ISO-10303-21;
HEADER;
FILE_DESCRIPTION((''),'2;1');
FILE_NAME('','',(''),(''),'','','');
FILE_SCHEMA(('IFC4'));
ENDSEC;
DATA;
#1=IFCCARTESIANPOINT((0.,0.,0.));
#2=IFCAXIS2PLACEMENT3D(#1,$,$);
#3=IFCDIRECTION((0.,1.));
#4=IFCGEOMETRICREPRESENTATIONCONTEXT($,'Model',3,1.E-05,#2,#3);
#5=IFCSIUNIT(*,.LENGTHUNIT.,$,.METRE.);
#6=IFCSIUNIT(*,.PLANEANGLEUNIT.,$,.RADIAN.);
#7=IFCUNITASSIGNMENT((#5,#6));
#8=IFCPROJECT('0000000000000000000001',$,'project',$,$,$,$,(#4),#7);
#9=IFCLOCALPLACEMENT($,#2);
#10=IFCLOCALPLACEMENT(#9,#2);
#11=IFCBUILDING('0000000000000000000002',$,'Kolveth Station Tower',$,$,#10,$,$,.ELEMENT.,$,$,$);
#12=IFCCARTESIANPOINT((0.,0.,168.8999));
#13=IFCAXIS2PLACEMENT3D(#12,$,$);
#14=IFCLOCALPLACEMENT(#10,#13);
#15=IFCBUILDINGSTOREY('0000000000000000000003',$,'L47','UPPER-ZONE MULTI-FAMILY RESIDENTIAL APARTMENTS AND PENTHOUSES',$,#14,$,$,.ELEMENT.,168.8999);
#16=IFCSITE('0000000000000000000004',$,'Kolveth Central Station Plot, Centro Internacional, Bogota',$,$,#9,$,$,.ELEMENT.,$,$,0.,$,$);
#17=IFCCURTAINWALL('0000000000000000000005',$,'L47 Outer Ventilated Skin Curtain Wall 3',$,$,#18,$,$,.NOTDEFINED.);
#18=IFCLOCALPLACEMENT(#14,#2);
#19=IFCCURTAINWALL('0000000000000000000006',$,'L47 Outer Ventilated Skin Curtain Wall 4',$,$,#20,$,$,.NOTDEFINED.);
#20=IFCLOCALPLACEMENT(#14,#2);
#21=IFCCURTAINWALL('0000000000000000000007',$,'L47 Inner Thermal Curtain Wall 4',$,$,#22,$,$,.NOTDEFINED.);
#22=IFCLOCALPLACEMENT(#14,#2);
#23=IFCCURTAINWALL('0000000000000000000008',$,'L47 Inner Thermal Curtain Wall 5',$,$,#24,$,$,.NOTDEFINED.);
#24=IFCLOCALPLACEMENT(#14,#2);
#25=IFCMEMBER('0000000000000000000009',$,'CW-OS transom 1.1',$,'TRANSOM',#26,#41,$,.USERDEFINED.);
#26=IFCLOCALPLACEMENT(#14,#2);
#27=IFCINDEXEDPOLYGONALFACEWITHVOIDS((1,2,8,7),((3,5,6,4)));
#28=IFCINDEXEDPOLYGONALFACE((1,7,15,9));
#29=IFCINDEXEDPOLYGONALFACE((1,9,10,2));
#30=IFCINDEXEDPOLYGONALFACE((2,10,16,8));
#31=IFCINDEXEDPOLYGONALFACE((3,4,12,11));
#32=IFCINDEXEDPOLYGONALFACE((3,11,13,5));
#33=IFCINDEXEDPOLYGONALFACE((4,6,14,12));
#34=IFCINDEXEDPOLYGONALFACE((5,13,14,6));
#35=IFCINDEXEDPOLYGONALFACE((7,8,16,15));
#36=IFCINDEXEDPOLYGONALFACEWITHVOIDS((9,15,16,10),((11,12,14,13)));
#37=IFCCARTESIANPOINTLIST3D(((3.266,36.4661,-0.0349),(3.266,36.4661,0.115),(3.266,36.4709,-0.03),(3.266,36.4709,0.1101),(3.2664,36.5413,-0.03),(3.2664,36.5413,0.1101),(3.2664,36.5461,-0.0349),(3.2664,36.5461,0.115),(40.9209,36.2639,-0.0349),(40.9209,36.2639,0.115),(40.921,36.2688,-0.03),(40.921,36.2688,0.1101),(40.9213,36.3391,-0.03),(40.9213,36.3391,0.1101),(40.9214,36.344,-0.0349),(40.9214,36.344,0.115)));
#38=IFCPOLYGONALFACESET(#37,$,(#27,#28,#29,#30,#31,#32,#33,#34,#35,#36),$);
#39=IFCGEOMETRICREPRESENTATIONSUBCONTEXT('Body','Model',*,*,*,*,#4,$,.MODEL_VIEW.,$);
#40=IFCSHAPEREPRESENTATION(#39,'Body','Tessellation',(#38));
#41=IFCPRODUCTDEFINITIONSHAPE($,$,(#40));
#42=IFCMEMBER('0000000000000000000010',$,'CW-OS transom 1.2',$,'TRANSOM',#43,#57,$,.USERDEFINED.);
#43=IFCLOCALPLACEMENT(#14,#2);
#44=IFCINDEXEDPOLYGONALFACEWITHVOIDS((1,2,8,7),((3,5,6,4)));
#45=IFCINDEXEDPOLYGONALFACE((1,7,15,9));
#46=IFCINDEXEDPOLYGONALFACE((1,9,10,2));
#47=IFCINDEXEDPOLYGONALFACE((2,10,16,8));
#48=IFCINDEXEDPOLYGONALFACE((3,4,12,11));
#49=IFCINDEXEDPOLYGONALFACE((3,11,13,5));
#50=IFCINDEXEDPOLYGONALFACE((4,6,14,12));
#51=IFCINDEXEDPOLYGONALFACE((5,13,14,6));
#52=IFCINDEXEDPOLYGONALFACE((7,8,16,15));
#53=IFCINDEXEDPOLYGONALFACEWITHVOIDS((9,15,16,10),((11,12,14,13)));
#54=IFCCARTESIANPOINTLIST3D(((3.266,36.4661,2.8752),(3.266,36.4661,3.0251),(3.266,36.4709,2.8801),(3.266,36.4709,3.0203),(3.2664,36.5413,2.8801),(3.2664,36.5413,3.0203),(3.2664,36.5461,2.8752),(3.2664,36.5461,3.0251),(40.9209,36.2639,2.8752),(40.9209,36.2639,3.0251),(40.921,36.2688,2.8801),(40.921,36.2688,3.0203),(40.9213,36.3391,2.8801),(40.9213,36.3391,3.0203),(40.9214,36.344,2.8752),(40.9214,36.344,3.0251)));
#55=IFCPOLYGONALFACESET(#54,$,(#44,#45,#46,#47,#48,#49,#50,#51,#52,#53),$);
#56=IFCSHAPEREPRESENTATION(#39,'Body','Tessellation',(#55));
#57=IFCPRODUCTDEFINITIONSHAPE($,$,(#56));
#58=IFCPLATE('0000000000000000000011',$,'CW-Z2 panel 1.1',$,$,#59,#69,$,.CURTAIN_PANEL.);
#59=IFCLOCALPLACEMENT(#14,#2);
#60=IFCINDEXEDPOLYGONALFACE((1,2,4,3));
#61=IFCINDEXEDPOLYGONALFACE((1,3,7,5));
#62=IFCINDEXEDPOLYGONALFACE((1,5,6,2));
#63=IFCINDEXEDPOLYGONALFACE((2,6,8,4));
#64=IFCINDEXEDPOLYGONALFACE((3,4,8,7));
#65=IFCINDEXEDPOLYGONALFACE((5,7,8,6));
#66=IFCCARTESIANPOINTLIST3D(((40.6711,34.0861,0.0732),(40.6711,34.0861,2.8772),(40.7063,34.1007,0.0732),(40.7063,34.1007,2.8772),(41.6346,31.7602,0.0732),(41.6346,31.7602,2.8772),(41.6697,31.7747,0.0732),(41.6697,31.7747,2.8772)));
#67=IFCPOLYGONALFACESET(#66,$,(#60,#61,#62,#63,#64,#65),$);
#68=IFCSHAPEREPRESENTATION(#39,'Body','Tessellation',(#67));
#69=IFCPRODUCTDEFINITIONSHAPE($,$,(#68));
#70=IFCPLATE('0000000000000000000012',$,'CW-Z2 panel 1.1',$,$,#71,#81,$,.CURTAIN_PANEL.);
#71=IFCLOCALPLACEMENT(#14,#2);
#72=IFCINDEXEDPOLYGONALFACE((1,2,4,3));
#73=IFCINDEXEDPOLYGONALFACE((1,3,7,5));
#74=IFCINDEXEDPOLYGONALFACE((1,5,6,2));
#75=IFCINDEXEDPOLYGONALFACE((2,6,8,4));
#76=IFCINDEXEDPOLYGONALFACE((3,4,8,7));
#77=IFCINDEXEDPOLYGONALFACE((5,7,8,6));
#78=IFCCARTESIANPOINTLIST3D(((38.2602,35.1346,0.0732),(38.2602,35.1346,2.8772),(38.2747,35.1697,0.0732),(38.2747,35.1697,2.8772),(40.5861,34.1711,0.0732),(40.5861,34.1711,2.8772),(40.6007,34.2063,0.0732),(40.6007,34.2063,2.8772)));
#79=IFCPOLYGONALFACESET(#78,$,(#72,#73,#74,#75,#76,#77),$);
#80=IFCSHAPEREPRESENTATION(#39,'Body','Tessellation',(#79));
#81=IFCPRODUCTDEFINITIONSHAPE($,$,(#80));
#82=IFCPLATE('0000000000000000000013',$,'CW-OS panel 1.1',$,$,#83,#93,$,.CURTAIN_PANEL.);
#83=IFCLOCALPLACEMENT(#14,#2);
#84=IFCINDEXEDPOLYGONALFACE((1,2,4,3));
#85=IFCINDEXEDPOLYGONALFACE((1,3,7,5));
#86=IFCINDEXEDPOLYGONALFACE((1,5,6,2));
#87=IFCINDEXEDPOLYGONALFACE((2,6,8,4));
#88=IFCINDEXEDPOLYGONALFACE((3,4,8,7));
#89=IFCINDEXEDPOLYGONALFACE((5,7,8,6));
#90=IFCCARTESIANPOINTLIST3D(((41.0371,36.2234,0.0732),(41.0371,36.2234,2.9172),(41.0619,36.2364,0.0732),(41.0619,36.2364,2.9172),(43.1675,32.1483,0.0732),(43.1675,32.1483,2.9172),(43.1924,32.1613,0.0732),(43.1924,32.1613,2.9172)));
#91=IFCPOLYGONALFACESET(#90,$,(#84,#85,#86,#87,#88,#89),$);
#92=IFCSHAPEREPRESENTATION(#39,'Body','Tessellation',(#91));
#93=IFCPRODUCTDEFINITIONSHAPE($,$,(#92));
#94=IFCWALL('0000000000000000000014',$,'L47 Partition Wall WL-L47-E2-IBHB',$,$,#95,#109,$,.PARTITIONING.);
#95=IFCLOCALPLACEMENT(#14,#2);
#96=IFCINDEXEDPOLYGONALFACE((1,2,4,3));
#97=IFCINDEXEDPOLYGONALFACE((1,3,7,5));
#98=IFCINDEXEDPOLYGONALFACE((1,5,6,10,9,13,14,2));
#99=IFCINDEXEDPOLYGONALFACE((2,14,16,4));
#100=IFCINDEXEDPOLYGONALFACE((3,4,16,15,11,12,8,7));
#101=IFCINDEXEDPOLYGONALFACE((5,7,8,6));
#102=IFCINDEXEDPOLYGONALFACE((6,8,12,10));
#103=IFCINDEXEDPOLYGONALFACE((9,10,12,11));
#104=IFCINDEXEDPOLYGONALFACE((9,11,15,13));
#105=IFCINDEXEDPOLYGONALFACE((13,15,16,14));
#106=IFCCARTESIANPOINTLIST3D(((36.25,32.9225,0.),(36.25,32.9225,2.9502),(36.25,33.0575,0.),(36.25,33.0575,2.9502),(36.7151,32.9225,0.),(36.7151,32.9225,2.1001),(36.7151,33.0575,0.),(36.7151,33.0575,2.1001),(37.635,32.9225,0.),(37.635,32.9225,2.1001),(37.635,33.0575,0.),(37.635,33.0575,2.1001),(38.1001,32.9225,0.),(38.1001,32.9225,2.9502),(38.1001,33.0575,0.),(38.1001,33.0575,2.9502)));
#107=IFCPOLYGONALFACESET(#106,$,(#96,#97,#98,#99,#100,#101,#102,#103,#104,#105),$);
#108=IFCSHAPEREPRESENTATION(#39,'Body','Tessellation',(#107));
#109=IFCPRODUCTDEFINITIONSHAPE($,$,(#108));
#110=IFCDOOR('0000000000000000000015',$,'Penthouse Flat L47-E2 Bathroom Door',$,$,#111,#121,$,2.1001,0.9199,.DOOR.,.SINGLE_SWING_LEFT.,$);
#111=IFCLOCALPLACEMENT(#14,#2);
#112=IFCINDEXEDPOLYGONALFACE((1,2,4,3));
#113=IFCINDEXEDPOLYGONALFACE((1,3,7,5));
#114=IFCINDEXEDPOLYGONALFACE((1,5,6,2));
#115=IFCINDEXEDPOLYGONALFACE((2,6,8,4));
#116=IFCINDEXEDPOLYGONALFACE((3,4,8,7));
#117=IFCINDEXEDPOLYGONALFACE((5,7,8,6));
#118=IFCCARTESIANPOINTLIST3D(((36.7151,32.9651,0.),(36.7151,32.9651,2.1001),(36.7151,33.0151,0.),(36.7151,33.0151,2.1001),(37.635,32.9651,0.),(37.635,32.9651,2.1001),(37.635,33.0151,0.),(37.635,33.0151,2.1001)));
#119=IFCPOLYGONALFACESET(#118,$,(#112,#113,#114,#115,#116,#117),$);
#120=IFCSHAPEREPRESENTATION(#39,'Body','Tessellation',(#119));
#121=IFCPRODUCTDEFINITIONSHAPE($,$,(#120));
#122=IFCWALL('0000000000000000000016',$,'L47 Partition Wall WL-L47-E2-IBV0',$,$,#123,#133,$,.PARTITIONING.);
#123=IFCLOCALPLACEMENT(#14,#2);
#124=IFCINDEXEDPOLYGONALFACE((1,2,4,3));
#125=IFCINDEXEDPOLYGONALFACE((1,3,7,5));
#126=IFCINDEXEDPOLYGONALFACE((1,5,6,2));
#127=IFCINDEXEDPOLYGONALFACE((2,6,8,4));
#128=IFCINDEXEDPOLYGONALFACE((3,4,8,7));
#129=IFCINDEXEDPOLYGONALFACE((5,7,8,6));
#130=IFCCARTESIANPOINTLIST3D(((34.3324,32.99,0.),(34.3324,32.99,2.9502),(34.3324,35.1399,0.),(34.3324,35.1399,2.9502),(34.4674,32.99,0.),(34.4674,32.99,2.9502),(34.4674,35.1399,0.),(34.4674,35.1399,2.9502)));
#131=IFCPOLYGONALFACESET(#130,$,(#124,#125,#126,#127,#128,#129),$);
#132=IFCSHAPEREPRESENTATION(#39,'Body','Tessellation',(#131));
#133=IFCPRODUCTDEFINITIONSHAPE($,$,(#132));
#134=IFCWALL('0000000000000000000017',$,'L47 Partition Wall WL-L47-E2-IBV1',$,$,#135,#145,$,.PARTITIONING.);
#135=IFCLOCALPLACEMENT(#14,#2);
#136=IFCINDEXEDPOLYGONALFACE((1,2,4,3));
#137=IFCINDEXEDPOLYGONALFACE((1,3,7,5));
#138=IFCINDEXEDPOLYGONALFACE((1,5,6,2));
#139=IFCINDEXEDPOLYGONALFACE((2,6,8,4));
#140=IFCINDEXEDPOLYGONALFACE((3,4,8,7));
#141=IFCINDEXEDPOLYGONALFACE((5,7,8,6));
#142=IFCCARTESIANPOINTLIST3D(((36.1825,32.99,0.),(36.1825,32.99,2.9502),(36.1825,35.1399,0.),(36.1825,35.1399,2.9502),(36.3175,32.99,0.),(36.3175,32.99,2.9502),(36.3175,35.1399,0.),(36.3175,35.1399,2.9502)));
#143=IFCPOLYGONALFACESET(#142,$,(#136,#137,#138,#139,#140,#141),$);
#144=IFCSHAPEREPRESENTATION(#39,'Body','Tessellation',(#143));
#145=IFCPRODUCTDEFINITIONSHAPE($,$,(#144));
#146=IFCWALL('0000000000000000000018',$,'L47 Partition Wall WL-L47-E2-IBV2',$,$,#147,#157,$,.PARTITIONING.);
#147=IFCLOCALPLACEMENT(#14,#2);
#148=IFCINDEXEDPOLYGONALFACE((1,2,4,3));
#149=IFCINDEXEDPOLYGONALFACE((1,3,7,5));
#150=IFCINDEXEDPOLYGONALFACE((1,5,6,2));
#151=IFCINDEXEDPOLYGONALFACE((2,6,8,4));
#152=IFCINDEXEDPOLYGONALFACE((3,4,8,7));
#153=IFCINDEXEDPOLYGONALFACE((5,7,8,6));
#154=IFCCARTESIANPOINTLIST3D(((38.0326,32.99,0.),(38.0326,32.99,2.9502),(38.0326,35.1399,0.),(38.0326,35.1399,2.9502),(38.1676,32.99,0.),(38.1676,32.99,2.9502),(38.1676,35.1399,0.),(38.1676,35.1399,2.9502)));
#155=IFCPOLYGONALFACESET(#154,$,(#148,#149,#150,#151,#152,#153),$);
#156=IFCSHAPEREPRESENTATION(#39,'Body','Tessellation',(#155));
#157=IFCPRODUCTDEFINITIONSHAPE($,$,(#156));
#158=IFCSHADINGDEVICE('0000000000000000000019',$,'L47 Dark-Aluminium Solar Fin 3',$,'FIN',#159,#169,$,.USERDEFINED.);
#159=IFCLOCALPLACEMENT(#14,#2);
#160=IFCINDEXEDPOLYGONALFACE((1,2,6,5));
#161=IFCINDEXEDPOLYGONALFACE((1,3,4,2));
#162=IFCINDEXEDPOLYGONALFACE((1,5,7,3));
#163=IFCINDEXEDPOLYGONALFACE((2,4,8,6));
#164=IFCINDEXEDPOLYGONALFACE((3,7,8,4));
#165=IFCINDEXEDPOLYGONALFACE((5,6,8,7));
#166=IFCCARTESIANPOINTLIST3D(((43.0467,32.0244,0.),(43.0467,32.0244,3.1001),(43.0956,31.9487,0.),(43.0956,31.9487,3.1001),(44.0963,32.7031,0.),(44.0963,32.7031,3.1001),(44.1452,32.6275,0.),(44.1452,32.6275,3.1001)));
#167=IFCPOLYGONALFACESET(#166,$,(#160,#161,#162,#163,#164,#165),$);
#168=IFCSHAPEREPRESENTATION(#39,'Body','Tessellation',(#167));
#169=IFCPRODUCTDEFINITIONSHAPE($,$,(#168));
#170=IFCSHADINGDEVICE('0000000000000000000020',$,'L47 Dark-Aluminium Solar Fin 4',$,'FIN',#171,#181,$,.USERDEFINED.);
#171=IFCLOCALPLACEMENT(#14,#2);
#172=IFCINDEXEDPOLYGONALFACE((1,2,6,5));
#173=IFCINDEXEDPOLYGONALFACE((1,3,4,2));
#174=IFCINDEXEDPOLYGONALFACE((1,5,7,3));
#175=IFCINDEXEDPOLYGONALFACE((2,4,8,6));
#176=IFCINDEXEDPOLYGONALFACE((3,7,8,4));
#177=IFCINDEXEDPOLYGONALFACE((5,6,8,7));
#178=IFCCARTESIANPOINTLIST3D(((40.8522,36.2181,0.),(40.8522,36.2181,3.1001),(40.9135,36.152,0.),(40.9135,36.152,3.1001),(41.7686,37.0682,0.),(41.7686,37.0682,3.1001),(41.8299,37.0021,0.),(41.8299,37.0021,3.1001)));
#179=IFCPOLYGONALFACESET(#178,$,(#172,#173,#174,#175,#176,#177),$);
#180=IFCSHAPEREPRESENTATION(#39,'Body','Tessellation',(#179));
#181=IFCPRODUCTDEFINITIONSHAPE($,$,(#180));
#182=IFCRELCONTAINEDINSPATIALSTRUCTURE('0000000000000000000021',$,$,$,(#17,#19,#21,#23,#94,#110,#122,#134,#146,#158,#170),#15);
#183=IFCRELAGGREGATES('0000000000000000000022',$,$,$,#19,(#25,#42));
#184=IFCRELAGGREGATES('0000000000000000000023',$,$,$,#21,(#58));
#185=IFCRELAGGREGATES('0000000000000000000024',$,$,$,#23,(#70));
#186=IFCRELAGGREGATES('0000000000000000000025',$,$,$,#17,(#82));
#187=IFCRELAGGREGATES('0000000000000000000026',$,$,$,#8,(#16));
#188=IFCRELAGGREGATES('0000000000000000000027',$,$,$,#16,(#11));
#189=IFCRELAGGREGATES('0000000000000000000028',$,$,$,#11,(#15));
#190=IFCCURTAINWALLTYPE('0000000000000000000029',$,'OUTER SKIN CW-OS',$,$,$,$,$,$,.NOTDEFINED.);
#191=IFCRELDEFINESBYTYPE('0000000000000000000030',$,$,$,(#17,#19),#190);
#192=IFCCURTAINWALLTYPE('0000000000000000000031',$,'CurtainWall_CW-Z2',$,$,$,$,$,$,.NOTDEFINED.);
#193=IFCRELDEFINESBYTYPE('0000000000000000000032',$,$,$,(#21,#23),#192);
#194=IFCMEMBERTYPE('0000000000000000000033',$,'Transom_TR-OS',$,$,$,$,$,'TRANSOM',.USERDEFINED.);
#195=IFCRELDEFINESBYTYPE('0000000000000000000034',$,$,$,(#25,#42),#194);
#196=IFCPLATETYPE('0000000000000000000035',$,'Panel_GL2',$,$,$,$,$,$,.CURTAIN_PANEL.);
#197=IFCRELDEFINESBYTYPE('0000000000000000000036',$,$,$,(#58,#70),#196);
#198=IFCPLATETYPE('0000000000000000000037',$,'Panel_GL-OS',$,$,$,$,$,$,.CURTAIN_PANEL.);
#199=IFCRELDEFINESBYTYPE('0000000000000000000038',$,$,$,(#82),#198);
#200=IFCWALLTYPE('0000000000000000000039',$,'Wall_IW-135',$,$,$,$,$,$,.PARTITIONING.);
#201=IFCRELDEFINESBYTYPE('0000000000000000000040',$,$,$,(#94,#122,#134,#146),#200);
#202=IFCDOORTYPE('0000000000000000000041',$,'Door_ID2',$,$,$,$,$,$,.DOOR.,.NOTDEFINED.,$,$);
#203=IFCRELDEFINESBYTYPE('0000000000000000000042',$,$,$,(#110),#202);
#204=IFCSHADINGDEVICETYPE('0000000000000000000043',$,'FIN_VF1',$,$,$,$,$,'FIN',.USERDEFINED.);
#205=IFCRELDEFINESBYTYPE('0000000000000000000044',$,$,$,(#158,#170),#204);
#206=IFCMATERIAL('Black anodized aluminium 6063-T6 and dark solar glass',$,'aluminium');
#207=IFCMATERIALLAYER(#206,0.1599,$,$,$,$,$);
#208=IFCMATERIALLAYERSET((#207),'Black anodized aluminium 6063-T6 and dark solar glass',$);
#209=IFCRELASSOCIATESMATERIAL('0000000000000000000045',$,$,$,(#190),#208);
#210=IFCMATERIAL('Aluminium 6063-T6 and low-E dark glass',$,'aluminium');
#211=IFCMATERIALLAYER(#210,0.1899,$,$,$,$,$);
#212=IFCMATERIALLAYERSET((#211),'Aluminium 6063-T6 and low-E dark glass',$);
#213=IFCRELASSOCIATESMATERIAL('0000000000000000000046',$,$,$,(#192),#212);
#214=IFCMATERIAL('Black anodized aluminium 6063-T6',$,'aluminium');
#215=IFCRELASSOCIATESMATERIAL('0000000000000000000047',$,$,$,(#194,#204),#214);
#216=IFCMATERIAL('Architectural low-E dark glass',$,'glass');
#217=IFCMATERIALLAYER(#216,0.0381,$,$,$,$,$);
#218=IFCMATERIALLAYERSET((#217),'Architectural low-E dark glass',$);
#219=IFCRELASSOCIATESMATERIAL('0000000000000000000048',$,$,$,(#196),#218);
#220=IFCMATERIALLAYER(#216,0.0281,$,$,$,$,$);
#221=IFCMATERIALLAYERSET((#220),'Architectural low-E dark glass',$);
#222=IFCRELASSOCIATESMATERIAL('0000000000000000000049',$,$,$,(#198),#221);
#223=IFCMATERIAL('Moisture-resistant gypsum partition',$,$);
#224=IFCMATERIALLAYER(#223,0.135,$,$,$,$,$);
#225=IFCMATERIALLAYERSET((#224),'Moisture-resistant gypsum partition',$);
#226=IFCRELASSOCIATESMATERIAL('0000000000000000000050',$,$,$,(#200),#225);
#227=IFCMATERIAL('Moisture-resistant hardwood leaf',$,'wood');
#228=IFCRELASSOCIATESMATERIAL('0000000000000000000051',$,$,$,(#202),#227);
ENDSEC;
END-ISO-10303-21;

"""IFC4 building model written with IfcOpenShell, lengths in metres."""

from ifc_helpers import new_model, si_unit, direction, frame, frame_2d, origin, origin_2d, place, context, subcontext, project, spatial, rectangle, hollow_rectangle, extrude, source, transform, mapped, material, layer, layer_set, material_profile, profile_set, type_object, element, fill, aggregate, save


model = new_model("IFC4")

# Units and contexts
model_context = context("Model", 3, precision=1e-05, world=origin(), true_north=direction((0.0, 1.0)))
body_context = subcontext(model_context, "Body", "Model", "MODEL_VIEW")
ifc_project = project(units=[si_unit("LENGTHUNIT", "METRE"), si_unit("PLANEANGLEUNIT", "RADIAN")], contexts=[model_context])

# Site, building, storey
site_placement = place(None, origin())
site = spatial("IfcSite", under=ifc_project, at=site_placement, Name="Kolveth Central Station Plot, Centro Internacional, Bogota", CompositionType="ELEMENT", RefElevation=0.0)
building_placement = place(site_placement, origin())
building = spatial("IfcBuilding", under=site, at=building_placement, Name="Kolveth Station Tower", CompositionType="ELEMENT")
storey_placement = place(building_placement, frame((0.0, 0.0, 168.8999)))
storey = spatial("IfcBuildingStorey", under=building, at=storey_placement, Name="L47", Description="UPPER-ZONE MULTI-FAMILY RESIDENTIAL APARTMENTS AND PENTHOUSES", CompositionType="ELEMENT", Elevation=168.8999)

# Curtain walls
ifc_material_1 = material(Name="Black anodized aluminium 6063-T6 and dark solar glass", Category="aluminium")
ifc_layer_1 = layer(ifc_material_1, 0.1599)
ifc_layer_set_1 = layer_set([ifc_layer_1], Name="Black anodized aluminium 6063-T6 and dark solar glass")
curtain_wall_type_1 = type_object("IfcCurtainWallType", Name="OUTER SKIN CW-OS", PredefinedType="NOTDEFINED", material=ifc_layer_set_1)
curtain_wall_1_placement = place(storey_placement, origin())
curtain_wall_1 = element("IfcCurtainWall", 1, at=curtain_wall_1_placement, inside=storey, type_object=curtain_wall_type_1, Name="L47 Outer Ventilated Skin Curtain Wall 3", PredefinedType="NOTDEFINED")
ifc_material_2 = material(Name="Black anodized aluminium 6063-T6", Category="aluminium")
curtain_wall_2_placement = place(storey_placement, origin())
curtain_wall_2 = element("IfcCurtainWall", 2, at=curtain_wall_2_placement, inside=storey, type_object=curtain_wall_type_1, Name="L47 Outer Ventilated Skin Curtain Wall 4", PredefinedType="NOTDEFINED")
ifc_material_3 = material(Name="Aluminium 6063-T6 and low-E dark glass", Category="aluminium")
ifc_layer_2 = layer(ifc_material_3, 0.1899)
ifc_layer_set_2 = layer_set([ifc_layer_2], Name="Aluminium 6063-T6 and low-E dark glass")
curtain_wall_type_2 = type_object("IfcCurtainWallType", Name="CurtainWall_CW-Z2", PredefinedType="NOTDEFINED", material=ifc_layer_set_2)
curtain_wall_3_placement = place(storey_placement, origin())
curtain_wall_3 = element("IfcCurtainWall", 3, at=curtain_wall_3_placement, inside=storey, type_object=curtain_wall_type_2, Name="L47 Inner Thermal Curtain Wall 4", PredefinedType="NOTDEFINED")

# Curtain wall
curtain_wall_4_placement = place(storey_placement, origin())
curtain_wall_4 = element("IfcCurtainWall", 4, at=curtain_wall_4_placement, inside=storey, type_object=curtain_wall_type_2, Name="L47 Inner Thermal Curtain Wall 5", PredefinedType="NOTDEFINED")

# Members
ifc_material_profile_1 = material_profile(ifc_material_2, hollow_rectangle(XDim=0.0801, YDim=0.1499, WallThickness=0.0049, at=origin_2d()), Name="ALU-80x150x5")
ifc_profile_set_1 = profile_set([ifc_material_profile_1], Name="Black anodized aluminium 6063-T6")
member_type_1 = type_object("IfcMemberType", Name="Transom_TR-OS", ElementType="TRANSOM", PredefinedType="USERDEFINED", material=ifc_profile_set_1)
shared_shape_1 = source(origin(), body_context, "Body", "SweptSolid", [
    extrude(hollow_rectangle(XDim=0.0801, YDim=0.1499, WallThickness=0.0049, at=origin_2d()), origin(), (0.0, 0.0, 1.0), 37.6555),
])
member_1_placement = place(storey_placement, frame((40.9211, 36.304, 0.04), z_axis=(-0.999986, 0.005368, 0.0), x_axis=(-0.005368, -0.999986, 0.0)))
member_1 = element("IfcMember", 5, at=member_1_placement, type_object=member_type_1, Name="CW-OS transom 1.1", ObjectType="TRANSOM", PredefinedType="USERDEFINED", context=body_context, shape_type="MappedRepresentation", body=[
    mapped(shared_shape_1, transform((0.0, 0.0, 0.0), x_axis=(1.0, 0.0, 0.0), y_axis=(0.0, 1.0, 0.0), z_axis=(0.0, 0.0, 1.0), scale=1.0)),
])
member_2_placement = place(storey_placement, frame((40.9211, 36.304, 2.9502), z_axis=(-0.999986, 0.005368, 0.0), x_axis=(-0.005368, -0.999986, 0.0)))
member_2 = element("IfcMember", 6, at=member_2_placement, type_object=member_type_1, Name="CW-OS transom 1.2", ObjectType="TRANSOM", PredefinedType="USERDEFINED", context=body_context, shape_type="MappedRepresentation", body=[
    mapped(shared_shape_1, transform((0.0, 0.0, 0.0), x_axis=(1.0, 0.0, 0.0), y_axis=(0.0, 1.0, 0.0), z_axis=(0.0, 0.0, 1.0), scale=1.0)),
])
aggregate(curtain_wall_2, [member_1, member_2])

# Plates
ifc_material_4 = material(Name="Architectural low-E dark glass", Category="glass")
ifc_layer_3 = layer(ifc_material_4, 0.0381)
ifc_layer_set_3 = layer_set([ifc_layer_3], Name="Architectural low-E dark glass")
plate_type_1 = type_object("IfcPlateType", Name="Panel_GL2", PredefinedType="CURTAIN_PANEL", material=ifc_layer_set_3)
shared_shape_2 = source(origin(), body_context, "Body", "SweptSolid", [
    extrude(rectangle(XDim=2.5176, YDim=0.0381, at=origin_2d()), origin(), (0.0, 0.0, 1.0), 2.804),
])
plate_1_placement = place(storey_placement, frame((41.1704, 32.9304, 0.0732), z_axis=(0.0, 0.0, 1.0), x_axis=(-0.382698, 0.923874, 0.0)))
plate_1 = element("IfcPlate", 7, at=plate_1_placement, type_object=plate_type_1, Name="CW-Z2 panel 1.1", PredefinedType="CURTAIN_PANEL", context=body_context, shape_type="MappedRepresentation", body=[
    mapped(shared_shape_2, transform((0.0, 0.0, 0.0), x_axis=(1.0, 0.0, 0.0), y_axis=(0.0, 1.0, 0.0), z_axis=(0.0, 0.0, 1.0), scale=1.0)),
])
aggregate(curtain_wall_3, [plate_1])
plate_2_placement = place(storey_placement, frame((39.4304, 34.6704, 0.0732), z_axis=(0.0, 0.0, 1.0), x_axis=(-0.923874, 0.382698, 0.0)))
plate_2 = element("IfcPlate", 8, at=plate_2_placement, type_object=plate_type_1, Name="CW-Z2 panel 1.1", PredefinedType="CURTAIN_PANEL", context=body_context, shape_type="MappedRepresentation", body=[
    mapped(shared_shape_2, transform((0.0, 0.0, 0.0), x_axis=(1.0, 0.0, 0.0), y_axis=(0.0, 1.0, 0.0), z_axis=(0.0, 0.0, 1.0), scale=1.0)),
])
aggregate(curtain_wall_4, [plate_2])
ifc_layer_4 = layer(ifc_material_4, 0.0281)
ifc_layer_set_4 = layer_set([ifc_layer_4], Name="Architectural low-E dark glass")
plate_type_2 = type_object("IfcPlateType", Name="Panel_GL-OS", PredefinedType="CURTAIN_PANEL", material=ifc_layer_set_4)
shared_shape_3 = source(origin(), body_context, "Body", "SweptSolid", [
    extrude(rectangle(XDim=4.5984, YDim=0.0281, at=origin_2d()), origin(), (0.0, 0.0, 1.0), 2.844),
])
plate_3_placement = place(storey_placement, frame((42.1147, 34.1924, 0.0732), z_axis=(0.0, 0.0, 1.0), x_axis=(-0.46331, 0.886196, 0.0)))
plate_3 = element("IfcPlate", 9, at=plate_3_placement, type_object=plate_type_2, Name="CW-OS panel 1.1", PredefinedType="CURTAIN_PANEL", context=body_context, shape_type="MappedRepresentation", body=[
    mapped(shared_shape_3, transform((0.0, 0.0, 0.0), x_axis=(1.0, 0.0, 0.0), y_axis=(0.0, 1.0, 0.0), z_axis=(0.0, 0.0, 1.0), scale=1.0)),
])
aggregate(curtain_wall_1, [plate_3])

# Wall, opening, door
ifc_material_5 = material(Name="Moisture-resistant gypsum partition")
ifc_layer_5 = layer(ifc_material_5, 0.135)
ifc_layer_set_5 = layer_set([ifc_layer_5], Name="Moisture-resistant gypsum partition")
wall_type = type_object("IfcWallType", Name="Wall_IW-135", PredefinedType="PARTITIONING", material=ifc_layer_set_5)
wall_1_placement = place(storey_placement, frame((36.25, 32.99, 0.0), z_axis=(0.0, 0.0, 1.0), x_axis=(1.0, 0.0, 0.0)))
wall_1 = element("IfcWall", 10, at=wall_1_placement, inside=storey, type_object=wall_type, Name="L47 Partition Wall WL-L47-E2-IBHB", PredefinedType="PARTITIONING", context=body_context, shape_type="SweptSolid", body=[
    extrude(rectangle(XDim=1.8501, YDim=0.135, at=frame_2d((0.925, 0.0))), origin(), (0.0, 0.0, 1.0), 2.9502),
])
opening_1_placement = place(wall_1_placement, frame((0.4651, 0.0, 0.0)))
opening_1 = element("IfcOpeningElement", 11, at=opening_1_placement, cuts=wall_1, PredefinedType="OPENING", context=body_context, shape_type="SweptSolid", body=[
    extrude(rectangle(XDim=0.9199, YDim=2.1001, at=frame_2d((0.46, 1.05))), frame((0.0, 0.0774, 0.0), z_axis=(0.0, -1.0, 0.0), x_axis=(1.0, 0.0, 0.0)), (0.0, 0.0, 1.0), 0.155),
])
ifc_material_6 = material(Name="Moisture-resistant hardwood leaf", Category="wood")
door_type_1 = type_object("IfcDoorType", Name="Door_ID2", OperationType="NOTDEFINED", PredefinedType="DOOR", material=ifc_material_6)
door_1_placement = place(opening_1_placement, frame((0.9199, 0.0, 0.0), z_axis=(0.0, 0.0, 1.0), x_axis=(-1.0, 0.0, 0.0)))
door_1 = element("IfcDoor", 12, at=door_1_placement, inside=storey, type_object=door_type_1, Name="Penthouse Flat L47-E2 Bathroom Door", OperationType="SINGLE_SWING_LEFT", OverallHeight=2.1001, OverallWidth=0.9199, PredefinedType="DOOR", context=body_context, shape_type="SweptSolid", body=[
    extrude(rectangle(XDim=0.9199, YDim=2.1001, at=frame_2d((0.46, 1.05))), frame((0.0, 0.0249, 0.0), z_axis=(0.0, -1.0, 0.0), x_axis=(1.0, 0.0, 0.0)), (0.0, 0.0, 1.0), 0.05),
])
fill(opening_1, door_1)

# Walls
for number, where, z_axis, x_axis, name in (
    (13, (34.3999, 32.99, 0.0), (0.0, 0.0, 1.0), (0.0, 1.0, 0.0), "L47 Partition Wall WL-L47-E2-IBV0"),
    (14, (36.25, 32.99, 0.0), (0.0, 0.0, 1.0), (0.0, 1.0, 0.0), "L47 Partition Wall WL-L47-E2-IBV1"),
    (15, (38.1001, 32.99, 0.0), (0.0, 0.0, 1.0), (0.0, 1.0, 0.0), "L47 Partition Wall WL-L47-E2-IBV2"),
):
    element("IfcWall", number, at=place(storey_placement, frame(where, z_axis=z_axis, x_axis=x_axis)), inside=storey, type_object=wall_type, Name=name, PredefinedType="PARTITIONING", context=body_context, shape_type="SweptSolid", body=[
        extrude(rectangle(XDim=2.1499, YDim=0.135, at=frame_2d((1.075, 0.0))), origin(), (0.0, 0.0, 1.0), 2.9502),
    ])

# Shading devices
shading_device_type = type_object("IfcShadingDeviceType", Name="FIN_VF1", ElementType="FIN", PredefinedType="USERDEFINED", material=ifc_material_2)
shared_shape_4 = source(origin(), body_context, "Body", "SweptSolid", [
    extrude(rectangle(XDim=1.25, YDim=0.0901, at=origin_2d()), origin(), (0.0, 0.0, 1.0), 3.1001),
])
for number, where, z_axis, x_axis, name in (
    (16, (43.5959, 32.3259, 0.0), (0.0, 0.0, 1.0), (0.839715, 0.543028, 0.0), "L47 Dark-Aluminium Solar Fin 3"),
    (17, (41.3411, 36.6101, 0.0), (0.0, 0.0, 1.0), (0.733137, 0.680081, 0.0), "L47 Dark-Aluminium Solar Fin 4"),
):
    element("IfcShadingDevice", number, at=place(storey_placement, frame(where, z_axis=z_axis, x_axis=x_axis)), inside=storey, type_object=shading_device_type, Name=name, ObjectType="FIN", PredefinedType="USERDEFINED", context=body_context, shape_type="MappedRepresentation", body=[
        mapped(shared_shape_4, transform((0.0, 0.0, 0.0), x_axis=(1.0, 0.0, 0.0), y_axis=(0.0, 1.0, 0.0), z_axis=(0.0, 0.0, 1.0), scale=1.0)),
    ])

save(model, "model.ifc")
